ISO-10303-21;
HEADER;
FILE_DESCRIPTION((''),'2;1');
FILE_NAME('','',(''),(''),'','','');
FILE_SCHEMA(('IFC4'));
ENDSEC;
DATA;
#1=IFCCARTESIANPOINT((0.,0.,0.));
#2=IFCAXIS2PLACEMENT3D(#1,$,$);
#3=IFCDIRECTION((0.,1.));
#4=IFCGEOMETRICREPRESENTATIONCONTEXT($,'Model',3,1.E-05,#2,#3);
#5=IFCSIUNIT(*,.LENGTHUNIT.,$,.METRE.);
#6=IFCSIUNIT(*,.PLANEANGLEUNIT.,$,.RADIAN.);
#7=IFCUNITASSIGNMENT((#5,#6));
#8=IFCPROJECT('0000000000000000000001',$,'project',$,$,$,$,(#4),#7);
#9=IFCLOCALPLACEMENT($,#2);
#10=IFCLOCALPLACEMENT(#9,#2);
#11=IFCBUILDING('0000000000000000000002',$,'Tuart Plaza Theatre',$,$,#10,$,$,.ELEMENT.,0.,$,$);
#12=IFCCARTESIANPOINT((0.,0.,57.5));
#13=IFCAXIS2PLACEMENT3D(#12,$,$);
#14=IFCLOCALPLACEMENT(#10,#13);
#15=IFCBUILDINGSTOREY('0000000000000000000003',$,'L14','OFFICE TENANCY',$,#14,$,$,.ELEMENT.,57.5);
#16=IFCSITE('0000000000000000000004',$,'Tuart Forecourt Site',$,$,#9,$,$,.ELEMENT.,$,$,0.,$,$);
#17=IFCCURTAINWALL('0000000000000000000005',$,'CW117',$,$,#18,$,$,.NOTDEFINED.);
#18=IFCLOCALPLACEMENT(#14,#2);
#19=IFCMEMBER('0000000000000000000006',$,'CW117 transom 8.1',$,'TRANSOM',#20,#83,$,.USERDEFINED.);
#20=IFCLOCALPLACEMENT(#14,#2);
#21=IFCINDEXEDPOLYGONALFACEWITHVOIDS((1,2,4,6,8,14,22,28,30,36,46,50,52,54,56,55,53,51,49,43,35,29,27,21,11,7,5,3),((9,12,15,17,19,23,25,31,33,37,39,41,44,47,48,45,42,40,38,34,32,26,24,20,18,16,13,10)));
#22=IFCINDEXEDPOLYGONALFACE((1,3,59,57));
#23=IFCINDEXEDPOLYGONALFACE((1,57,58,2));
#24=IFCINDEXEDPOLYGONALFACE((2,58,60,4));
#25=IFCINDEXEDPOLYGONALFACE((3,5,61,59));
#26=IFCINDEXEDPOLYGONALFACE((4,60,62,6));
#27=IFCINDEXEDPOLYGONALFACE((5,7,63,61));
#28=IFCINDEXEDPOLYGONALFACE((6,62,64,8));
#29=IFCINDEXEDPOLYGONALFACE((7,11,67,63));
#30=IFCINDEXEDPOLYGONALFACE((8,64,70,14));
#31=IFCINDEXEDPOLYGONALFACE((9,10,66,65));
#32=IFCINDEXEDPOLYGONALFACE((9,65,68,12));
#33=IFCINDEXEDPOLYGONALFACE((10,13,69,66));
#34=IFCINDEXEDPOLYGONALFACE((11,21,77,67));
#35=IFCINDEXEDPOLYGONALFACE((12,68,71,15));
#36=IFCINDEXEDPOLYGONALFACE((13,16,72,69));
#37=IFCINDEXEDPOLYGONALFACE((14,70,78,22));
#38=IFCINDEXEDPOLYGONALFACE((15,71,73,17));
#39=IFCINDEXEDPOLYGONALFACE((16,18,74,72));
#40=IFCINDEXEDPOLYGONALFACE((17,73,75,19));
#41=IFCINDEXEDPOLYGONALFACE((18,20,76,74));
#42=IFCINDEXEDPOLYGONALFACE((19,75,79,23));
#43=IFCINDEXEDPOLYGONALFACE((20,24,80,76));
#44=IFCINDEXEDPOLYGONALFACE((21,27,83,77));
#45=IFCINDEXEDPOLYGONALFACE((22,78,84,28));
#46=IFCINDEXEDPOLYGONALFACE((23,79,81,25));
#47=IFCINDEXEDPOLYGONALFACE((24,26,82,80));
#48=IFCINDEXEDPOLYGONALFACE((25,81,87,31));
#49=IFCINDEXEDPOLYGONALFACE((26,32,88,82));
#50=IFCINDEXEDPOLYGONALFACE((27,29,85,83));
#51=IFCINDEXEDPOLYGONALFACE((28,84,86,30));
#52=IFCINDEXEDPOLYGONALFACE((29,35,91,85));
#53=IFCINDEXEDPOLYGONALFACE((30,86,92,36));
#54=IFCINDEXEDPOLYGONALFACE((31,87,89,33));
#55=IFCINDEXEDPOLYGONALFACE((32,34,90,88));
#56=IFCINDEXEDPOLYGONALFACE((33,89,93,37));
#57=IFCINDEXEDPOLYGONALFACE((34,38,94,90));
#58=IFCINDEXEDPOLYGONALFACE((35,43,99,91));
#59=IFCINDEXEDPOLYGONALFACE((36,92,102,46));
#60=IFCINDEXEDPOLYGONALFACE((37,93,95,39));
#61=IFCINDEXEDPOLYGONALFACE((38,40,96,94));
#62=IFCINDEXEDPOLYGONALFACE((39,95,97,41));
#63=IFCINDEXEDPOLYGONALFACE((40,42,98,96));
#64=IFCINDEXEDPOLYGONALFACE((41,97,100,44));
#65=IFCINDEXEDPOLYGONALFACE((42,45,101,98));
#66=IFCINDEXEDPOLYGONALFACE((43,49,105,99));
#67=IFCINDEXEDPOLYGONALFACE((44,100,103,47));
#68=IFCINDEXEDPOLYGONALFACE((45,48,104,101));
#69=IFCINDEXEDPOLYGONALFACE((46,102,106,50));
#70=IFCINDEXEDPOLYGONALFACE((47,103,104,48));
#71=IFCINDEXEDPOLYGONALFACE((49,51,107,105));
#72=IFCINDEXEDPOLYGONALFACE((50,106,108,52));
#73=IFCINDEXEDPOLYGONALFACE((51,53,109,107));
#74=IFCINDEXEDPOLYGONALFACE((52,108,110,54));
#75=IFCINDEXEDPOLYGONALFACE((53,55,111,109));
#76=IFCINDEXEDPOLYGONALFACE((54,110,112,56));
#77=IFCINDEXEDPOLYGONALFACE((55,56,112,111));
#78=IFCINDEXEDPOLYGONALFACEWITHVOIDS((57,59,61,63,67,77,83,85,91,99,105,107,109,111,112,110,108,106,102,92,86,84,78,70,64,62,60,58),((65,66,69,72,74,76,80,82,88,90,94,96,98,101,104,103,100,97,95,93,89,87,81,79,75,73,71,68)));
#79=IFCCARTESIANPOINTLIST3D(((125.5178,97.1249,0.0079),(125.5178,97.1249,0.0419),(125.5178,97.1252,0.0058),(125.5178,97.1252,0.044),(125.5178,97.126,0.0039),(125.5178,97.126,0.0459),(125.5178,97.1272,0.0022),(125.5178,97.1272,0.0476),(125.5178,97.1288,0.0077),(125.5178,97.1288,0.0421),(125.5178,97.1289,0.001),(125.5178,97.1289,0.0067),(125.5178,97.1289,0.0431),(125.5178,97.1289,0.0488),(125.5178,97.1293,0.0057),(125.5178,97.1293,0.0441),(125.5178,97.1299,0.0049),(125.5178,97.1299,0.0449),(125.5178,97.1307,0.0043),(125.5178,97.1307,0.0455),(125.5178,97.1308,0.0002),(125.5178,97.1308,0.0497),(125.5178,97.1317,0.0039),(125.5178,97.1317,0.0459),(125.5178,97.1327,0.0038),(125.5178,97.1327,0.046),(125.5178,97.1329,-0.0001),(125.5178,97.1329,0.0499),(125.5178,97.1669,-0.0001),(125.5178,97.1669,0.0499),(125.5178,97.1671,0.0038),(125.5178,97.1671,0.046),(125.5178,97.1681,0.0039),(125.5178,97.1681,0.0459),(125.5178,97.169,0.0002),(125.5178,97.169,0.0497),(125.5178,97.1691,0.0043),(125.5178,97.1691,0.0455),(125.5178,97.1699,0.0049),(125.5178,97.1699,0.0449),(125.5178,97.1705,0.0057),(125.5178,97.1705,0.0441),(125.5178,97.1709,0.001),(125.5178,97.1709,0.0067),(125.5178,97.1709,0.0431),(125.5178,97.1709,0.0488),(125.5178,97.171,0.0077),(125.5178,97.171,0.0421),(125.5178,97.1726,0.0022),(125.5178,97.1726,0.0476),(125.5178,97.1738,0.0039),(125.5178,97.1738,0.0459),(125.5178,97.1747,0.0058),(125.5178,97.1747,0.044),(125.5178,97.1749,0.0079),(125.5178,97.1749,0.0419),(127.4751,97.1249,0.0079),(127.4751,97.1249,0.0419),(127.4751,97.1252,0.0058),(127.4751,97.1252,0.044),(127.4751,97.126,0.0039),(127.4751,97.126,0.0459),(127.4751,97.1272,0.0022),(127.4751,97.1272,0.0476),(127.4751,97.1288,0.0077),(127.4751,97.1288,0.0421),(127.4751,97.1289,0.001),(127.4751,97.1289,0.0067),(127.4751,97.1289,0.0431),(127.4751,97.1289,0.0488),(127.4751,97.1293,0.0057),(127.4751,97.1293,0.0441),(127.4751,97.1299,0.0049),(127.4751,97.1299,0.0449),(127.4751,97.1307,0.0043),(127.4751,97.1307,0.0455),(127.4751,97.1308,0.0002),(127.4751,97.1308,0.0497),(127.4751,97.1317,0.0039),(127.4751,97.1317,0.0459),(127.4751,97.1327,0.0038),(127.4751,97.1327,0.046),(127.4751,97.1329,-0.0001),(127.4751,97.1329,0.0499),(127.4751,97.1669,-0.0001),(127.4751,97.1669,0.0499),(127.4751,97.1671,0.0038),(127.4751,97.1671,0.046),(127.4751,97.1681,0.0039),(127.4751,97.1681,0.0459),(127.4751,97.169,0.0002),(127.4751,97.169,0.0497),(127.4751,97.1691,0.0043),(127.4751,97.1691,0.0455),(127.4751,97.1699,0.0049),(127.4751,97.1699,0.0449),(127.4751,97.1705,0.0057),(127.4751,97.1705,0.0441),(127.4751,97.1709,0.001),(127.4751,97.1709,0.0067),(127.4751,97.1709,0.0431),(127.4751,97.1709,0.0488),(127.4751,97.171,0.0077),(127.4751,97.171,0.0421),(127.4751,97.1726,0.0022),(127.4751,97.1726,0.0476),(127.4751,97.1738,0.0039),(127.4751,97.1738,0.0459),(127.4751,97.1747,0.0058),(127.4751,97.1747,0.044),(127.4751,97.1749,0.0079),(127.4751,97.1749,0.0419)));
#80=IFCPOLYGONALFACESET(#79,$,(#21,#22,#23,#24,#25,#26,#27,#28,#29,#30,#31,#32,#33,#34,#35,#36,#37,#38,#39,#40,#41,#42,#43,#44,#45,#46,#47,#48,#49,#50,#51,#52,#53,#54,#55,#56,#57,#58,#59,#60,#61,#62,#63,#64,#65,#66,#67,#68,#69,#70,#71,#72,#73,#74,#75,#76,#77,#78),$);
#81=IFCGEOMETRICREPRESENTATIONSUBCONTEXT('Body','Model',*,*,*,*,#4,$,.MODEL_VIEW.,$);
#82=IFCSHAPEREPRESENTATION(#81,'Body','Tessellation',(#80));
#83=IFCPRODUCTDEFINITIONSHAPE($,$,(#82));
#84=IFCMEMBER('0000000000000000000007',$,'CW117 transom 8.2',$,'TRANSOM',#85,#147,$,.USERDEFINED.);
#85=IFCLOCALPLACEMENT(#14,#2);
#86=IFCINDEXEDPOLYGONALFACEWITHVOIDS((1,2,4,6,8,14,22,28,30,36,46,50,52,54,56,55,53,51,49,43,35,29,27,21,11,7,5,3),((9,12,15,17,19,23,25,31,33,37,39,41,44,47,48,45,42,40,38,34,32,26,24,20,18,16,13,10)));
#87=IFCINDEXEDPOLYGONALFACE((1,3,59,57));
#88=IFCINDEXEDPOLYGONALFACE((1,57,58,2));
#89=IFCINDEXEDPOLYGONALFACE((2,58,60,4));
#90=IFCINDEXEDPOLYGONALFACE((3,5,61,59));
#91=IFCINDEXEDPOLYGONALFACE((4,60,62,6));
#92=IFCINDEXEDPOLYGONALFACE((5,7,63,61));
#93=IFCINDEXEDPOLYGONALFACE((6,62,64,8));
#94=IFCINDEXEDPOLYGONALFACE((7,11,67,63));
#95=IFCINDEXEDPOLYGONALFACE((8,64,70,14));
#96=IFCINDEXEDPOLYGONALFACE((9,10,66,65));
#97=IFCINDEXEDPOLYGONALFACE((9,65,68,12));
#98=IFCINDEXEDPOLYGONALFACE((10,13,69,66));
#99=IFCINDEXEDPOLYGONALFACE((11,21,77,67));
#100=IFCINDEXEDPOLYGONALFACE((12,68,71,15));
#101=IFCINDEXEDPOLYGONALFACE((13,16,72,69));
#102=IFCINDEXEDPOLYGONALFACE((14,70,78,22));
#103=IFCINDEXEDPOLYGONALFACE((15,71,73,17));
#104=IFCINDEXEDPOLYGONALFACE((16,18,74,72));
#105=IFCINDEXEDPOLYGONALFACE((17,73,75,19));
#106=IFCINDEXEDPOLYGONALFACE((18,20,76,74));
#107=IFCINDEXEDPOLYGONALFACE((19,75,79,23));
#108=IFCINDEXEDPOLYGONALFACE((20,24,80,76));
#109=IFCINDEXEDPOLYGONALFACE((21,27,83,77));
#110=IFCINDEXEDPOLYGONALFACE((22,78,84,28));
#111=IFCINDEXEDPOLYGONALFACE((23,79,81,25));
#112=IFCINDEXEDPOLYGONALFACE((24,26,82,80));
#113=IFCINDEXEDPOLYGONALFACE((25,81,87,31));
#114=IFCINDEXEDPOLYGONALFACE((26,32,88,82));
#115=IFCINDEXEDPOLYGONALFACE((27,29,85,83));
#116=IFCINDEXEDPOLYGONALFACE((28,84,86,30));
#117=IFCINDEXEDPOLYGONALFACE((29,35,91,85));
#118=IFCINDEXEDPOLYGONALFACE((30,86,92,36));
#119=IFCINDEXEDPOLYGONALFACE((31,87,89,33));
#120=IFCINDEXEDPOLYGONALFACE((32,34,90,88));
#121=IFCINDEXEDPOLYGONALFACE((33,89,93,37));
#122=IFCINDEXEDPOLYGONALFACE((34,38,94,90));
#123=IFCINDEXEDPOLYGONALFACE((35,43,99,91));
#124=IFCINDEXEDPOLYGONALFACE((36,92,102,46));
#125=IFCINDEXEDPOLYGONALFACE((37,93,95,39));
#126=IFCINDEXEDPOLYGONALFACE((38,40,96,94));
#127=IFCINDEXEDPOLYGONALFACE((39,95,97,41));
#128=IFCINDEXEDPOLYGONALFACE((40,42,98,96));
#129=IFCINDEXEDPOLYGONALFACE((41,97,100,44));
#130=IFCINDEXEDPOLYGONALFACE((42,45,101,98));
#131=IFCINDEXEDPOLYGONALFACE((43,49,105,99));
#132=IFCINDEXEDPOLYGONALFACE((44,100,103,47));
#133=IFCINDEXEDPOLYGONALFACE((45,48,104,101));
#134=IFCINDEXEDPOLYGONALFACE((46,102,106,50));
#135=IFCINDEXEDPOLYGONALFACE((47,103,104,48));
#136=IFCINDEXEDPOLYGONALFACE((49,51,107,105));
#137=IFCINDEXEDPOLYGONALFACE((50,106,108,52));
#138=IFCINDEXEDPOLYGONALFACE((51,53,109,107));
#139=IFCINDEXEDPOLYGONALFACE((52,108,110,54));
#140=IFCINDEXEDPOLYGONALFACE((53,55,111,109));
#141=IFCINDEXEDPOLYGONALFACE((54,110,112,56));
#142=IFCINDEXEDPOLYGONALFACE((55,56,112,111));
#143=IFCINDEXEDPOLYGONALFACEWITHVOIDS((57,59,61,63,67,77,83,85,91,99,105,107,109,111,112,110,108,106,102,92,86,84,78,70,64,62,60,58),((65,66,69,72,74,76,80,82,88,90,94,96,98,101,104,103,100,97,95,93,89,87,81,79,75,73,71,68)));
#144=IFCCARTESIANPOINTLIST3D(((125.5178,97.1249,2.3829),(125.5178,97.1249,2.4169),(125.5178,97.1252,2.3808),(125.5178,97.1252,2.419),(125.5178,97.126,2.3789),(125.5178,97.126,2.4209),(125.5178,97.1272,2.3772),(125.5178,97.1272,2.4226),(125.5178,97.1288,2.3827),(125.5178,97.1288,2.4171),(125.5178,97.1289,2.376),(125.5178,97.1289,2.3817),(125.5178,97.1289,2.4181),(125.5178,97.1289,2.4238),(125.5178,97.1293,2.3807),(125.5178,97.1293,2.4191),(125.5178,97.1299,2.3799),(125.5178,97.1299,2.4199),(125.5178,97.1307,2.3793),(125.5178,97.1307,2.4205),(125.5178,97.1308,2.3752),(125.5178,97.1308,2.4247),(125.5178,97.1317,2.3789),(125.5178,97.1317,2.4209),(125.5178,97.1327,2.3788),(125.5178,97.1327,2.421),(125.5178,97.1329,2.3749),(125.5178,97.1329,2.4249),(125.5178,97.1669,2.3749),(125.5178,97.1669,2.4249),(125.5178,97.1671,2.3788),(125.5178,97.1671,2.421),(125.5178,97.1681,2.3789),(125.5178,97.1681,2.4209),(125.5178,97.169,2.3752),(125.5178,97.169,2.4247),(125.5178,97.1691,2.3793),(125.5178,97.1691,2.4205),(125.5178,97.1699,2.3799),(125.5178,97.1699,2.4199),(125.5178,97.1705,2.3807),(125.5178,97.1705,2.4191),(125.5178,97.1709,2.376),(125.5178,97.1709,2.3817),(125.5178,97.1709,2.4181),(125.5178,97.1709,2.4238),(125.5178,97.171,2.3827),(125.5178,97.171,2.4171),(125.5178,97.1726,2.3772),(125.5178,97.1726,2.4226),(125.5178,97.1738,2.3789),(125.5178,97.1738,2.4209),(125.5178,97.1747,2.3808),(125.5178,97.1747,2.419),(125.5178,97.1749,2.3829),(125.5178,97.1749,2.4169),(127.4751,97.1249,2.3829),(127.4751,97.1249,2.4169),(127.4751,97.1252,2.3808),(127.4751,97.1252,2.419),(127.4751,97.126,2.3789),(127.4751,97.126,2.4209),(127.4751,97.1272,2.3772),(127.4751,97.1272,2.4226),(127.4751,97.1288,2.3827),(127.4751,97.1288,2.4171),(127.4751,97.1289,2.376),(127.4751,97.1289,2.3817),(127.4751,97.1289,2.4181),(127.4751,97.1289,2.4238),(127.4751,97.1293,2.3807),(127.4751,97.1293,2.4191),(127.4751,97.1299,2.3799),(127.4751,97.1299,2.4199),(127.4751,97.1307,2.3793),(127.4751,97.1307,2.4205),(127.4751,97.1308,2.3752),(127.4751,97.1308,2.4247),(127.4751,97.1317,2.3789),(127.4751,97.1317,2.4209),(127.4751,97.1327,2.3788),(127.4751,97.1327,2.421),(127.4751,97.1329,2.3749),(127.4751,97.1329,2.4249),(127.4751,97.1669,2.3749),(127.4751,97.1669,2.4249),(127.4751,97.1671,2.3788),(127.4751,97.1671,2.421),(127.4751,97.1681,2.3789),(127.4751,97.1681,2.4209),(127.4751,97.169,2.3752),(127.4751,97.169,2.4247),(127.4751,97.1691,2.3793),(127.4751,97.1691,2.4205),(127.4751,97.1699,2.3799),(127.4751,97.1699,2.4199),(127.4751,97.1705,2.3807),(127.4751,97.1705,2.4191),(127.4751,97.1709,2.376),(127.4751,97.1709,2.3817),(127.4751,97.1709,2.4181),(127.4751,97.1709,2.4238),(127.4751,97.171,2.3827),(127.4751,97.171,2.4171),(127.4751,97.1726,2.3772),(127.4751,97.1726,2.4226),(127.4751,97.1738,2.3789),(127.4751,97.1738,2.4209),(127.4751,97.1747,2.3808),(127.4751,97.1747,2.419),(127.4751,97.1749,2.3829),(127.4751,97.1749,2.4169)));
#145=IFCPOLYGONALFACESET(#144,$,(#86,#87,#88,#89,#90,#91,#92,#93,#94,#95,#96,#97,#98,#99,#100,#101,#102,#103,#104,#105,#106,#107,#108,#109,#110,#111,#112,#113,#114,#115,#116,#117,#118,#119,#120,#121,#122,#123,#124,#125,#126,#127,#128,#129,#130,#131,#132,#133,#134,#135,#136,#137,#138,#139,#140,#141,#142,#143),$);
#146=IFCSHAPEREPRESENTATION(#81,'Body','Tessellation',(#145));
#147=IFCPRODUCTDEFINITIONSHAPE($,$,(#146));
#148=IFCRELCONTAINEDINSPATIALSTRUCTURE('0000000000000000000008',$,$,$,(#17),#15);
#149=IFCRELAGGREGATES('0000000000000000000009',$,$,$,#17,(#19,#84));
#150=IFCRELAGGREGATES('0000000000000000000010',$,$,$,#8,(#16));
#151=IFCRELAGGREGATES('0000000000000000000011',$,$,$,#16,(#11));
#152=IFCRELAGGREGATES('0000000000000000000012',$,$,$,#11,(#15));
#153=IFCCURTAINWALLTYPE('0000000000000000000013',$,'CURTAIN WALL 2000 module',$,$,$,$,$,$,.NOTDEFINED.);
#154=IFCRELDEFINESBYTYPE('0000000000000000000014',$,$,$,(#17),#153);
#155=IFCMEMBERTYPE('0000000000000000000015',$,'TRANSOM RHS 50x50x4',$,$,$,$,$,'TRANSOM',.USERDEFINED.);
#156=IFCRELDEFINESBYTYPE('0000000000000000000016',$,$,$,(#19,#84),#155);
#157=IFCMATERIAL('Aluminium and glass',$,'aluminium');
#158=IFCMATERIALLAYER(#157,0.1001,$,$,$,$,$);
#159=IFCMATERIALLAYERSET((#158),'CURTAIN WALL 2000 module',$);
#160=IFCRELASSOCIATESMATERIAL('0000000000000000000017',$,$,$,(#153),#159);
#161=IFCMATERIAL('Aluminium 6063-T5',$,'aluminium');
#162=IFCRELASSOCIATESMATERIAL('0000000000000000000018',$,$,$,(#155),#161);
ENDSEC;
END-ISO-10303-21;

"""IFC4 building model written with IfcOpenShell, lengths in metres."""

from ifc_helpers import new_model, si_unit, direction, frame, origin, origin_2d, place, context, subcontext, project, spatial, hollow_rectangle, extrude, material, layer, layer_set, material_profile, profile_set, type_object, element, aggregate, save


model = new_model("IFC4")

# Units and contexts
model_context = context("Model", 3, precision=1e-05, world=origin(), true_north=direction((0.0, 1.0)))
body_context = subcontext(model_context, "Body", "Model", "MODEL_VIEW")
ifc_project = project(units=[si_unit("LENGTHUNIT", "METRE"), si_unit("PLANEANGLEUNIT", "RADIAN")], contexts=[model_context])

# Site, building, storey
site_placement = place(None, origin())
site = spatial("IfcSite", under=ifc_project, at=site_placement, Name="Tuart Forecourt Site", CompositionType="ELEMENT", RefElevation=0.0)
building_placement = place(site_placement, origin())
building = spatial("IfcBuilding", under=site, at=building_placement, Name="Tuart Plaza Theatre", CompositionType="ELEMENT", ElevationOfRefHeight=0.0)
storey_placement = place(building_placement, frame((0.0, 0.0, 57.5)))
storey = spatial("IfcBuildingStorey", under=building, at=storey_placement, Name="L14", Description="OFFICE TENANCY", CompositionType="ELEMENT", Elevation=57.5)

# Curtain wall, members
ifc_material_1 = material(Name="Aluminium and glass", Category="aluminium")
ifc_layer_1 = layer(ifc_material_1, 0.1001)
ifc_layer_set_1 = layer_set([ifc_layer_1], Name="CURTAIN WALL 2000 module")
curtain_wall_type = type_object("IfcCurtainWallType", Name="CURTAIN WALL 2000 module", PredefinedType="NOTDEFINED", material=ifc_layer_set_1)
curtain_wall_placement = place(storey_placement, origin())
curtain_wall = element("IfcCurtainWall", 1, at=curtain_wall_placement, inside=storey, type_object=curtain_wall_type, Name="CW117", PredefinedType="NOTDEFINED")
ifc_material_2 = material(Name="Aluminium 6063-T5", Category="aluminium")
ifc_material_profile_1 = material_profile(ifc_material_2, hollow_rectangle(XDim=0.05, YDim=0.05, WallThickness=0.0039, InnerFilletRadius=0.0039, OuterFilletRadius=0.0081, at=origin_2d()), Name="RHS 50x50x4")
ifc_profile_set_1 = profile_set([ifc_material_profile_1], Name="Aluminium 6063-T5")
member_type_1 = type_object("IfcMemberType", Name="TRANSOM RHS 50x50x4", ElementType="TRANSOM", PredefinedType="USERDEFINED", material=ifc_profile_set_1)
member_1_placement = place(storey_placement, frame((127.4751, 97.1499, 0.0249), z_axis=(-1.0, 0.0, 0.0), x_axis=(0.0, -1.0, 0.0)))
member_1 = element("IfcMember", 2, at=member_1_placement, type_object=member_type_1, Name="CW117 transom 8.1", ObjectType="TRANSOM", PredefinedType="USERDEFINED", context=body_context, shape_type="SweptSolid", body=[
    extrude(hollow_rectangle(XDim=0.05, YDim=0.05, WallThickness=0.0039, InnerFilletRadius=0.0039, OuterFilletRadius=0.0081, at=origin_2d()), origin(), (0.0, 0.0, 1.0), 1.9573),
])
member_2_placement = place(storey_placement, frame((127.4751, 97.1499, 2.3999), z_axis=(-1.0, 0.0, 0.0), x_axis=(0.0, -1.0, 0.0)))
member_2 = element("IfcMember", 3, at=member_2_placement, type_object=member_type_1, Name="CW117 transom 8.2", ObjectType="TRANSOM", PredefinedType="USERDEFINED", context=body_context, shape_type="SweptSolid", body=[
    extrude(hollow_rectangle(XDim=0.05, YDim=0.05, WallThickness=0.0039, InnerFilletRadius=0.0039, OuterFilletRadius=0.0081, at=origin_2d()), origin(), (0.0, 0.0, 1.0), 1.9573),
])
aggregate(curtain_wall, [member_1, member_2])

save(model, "model.ifc")
